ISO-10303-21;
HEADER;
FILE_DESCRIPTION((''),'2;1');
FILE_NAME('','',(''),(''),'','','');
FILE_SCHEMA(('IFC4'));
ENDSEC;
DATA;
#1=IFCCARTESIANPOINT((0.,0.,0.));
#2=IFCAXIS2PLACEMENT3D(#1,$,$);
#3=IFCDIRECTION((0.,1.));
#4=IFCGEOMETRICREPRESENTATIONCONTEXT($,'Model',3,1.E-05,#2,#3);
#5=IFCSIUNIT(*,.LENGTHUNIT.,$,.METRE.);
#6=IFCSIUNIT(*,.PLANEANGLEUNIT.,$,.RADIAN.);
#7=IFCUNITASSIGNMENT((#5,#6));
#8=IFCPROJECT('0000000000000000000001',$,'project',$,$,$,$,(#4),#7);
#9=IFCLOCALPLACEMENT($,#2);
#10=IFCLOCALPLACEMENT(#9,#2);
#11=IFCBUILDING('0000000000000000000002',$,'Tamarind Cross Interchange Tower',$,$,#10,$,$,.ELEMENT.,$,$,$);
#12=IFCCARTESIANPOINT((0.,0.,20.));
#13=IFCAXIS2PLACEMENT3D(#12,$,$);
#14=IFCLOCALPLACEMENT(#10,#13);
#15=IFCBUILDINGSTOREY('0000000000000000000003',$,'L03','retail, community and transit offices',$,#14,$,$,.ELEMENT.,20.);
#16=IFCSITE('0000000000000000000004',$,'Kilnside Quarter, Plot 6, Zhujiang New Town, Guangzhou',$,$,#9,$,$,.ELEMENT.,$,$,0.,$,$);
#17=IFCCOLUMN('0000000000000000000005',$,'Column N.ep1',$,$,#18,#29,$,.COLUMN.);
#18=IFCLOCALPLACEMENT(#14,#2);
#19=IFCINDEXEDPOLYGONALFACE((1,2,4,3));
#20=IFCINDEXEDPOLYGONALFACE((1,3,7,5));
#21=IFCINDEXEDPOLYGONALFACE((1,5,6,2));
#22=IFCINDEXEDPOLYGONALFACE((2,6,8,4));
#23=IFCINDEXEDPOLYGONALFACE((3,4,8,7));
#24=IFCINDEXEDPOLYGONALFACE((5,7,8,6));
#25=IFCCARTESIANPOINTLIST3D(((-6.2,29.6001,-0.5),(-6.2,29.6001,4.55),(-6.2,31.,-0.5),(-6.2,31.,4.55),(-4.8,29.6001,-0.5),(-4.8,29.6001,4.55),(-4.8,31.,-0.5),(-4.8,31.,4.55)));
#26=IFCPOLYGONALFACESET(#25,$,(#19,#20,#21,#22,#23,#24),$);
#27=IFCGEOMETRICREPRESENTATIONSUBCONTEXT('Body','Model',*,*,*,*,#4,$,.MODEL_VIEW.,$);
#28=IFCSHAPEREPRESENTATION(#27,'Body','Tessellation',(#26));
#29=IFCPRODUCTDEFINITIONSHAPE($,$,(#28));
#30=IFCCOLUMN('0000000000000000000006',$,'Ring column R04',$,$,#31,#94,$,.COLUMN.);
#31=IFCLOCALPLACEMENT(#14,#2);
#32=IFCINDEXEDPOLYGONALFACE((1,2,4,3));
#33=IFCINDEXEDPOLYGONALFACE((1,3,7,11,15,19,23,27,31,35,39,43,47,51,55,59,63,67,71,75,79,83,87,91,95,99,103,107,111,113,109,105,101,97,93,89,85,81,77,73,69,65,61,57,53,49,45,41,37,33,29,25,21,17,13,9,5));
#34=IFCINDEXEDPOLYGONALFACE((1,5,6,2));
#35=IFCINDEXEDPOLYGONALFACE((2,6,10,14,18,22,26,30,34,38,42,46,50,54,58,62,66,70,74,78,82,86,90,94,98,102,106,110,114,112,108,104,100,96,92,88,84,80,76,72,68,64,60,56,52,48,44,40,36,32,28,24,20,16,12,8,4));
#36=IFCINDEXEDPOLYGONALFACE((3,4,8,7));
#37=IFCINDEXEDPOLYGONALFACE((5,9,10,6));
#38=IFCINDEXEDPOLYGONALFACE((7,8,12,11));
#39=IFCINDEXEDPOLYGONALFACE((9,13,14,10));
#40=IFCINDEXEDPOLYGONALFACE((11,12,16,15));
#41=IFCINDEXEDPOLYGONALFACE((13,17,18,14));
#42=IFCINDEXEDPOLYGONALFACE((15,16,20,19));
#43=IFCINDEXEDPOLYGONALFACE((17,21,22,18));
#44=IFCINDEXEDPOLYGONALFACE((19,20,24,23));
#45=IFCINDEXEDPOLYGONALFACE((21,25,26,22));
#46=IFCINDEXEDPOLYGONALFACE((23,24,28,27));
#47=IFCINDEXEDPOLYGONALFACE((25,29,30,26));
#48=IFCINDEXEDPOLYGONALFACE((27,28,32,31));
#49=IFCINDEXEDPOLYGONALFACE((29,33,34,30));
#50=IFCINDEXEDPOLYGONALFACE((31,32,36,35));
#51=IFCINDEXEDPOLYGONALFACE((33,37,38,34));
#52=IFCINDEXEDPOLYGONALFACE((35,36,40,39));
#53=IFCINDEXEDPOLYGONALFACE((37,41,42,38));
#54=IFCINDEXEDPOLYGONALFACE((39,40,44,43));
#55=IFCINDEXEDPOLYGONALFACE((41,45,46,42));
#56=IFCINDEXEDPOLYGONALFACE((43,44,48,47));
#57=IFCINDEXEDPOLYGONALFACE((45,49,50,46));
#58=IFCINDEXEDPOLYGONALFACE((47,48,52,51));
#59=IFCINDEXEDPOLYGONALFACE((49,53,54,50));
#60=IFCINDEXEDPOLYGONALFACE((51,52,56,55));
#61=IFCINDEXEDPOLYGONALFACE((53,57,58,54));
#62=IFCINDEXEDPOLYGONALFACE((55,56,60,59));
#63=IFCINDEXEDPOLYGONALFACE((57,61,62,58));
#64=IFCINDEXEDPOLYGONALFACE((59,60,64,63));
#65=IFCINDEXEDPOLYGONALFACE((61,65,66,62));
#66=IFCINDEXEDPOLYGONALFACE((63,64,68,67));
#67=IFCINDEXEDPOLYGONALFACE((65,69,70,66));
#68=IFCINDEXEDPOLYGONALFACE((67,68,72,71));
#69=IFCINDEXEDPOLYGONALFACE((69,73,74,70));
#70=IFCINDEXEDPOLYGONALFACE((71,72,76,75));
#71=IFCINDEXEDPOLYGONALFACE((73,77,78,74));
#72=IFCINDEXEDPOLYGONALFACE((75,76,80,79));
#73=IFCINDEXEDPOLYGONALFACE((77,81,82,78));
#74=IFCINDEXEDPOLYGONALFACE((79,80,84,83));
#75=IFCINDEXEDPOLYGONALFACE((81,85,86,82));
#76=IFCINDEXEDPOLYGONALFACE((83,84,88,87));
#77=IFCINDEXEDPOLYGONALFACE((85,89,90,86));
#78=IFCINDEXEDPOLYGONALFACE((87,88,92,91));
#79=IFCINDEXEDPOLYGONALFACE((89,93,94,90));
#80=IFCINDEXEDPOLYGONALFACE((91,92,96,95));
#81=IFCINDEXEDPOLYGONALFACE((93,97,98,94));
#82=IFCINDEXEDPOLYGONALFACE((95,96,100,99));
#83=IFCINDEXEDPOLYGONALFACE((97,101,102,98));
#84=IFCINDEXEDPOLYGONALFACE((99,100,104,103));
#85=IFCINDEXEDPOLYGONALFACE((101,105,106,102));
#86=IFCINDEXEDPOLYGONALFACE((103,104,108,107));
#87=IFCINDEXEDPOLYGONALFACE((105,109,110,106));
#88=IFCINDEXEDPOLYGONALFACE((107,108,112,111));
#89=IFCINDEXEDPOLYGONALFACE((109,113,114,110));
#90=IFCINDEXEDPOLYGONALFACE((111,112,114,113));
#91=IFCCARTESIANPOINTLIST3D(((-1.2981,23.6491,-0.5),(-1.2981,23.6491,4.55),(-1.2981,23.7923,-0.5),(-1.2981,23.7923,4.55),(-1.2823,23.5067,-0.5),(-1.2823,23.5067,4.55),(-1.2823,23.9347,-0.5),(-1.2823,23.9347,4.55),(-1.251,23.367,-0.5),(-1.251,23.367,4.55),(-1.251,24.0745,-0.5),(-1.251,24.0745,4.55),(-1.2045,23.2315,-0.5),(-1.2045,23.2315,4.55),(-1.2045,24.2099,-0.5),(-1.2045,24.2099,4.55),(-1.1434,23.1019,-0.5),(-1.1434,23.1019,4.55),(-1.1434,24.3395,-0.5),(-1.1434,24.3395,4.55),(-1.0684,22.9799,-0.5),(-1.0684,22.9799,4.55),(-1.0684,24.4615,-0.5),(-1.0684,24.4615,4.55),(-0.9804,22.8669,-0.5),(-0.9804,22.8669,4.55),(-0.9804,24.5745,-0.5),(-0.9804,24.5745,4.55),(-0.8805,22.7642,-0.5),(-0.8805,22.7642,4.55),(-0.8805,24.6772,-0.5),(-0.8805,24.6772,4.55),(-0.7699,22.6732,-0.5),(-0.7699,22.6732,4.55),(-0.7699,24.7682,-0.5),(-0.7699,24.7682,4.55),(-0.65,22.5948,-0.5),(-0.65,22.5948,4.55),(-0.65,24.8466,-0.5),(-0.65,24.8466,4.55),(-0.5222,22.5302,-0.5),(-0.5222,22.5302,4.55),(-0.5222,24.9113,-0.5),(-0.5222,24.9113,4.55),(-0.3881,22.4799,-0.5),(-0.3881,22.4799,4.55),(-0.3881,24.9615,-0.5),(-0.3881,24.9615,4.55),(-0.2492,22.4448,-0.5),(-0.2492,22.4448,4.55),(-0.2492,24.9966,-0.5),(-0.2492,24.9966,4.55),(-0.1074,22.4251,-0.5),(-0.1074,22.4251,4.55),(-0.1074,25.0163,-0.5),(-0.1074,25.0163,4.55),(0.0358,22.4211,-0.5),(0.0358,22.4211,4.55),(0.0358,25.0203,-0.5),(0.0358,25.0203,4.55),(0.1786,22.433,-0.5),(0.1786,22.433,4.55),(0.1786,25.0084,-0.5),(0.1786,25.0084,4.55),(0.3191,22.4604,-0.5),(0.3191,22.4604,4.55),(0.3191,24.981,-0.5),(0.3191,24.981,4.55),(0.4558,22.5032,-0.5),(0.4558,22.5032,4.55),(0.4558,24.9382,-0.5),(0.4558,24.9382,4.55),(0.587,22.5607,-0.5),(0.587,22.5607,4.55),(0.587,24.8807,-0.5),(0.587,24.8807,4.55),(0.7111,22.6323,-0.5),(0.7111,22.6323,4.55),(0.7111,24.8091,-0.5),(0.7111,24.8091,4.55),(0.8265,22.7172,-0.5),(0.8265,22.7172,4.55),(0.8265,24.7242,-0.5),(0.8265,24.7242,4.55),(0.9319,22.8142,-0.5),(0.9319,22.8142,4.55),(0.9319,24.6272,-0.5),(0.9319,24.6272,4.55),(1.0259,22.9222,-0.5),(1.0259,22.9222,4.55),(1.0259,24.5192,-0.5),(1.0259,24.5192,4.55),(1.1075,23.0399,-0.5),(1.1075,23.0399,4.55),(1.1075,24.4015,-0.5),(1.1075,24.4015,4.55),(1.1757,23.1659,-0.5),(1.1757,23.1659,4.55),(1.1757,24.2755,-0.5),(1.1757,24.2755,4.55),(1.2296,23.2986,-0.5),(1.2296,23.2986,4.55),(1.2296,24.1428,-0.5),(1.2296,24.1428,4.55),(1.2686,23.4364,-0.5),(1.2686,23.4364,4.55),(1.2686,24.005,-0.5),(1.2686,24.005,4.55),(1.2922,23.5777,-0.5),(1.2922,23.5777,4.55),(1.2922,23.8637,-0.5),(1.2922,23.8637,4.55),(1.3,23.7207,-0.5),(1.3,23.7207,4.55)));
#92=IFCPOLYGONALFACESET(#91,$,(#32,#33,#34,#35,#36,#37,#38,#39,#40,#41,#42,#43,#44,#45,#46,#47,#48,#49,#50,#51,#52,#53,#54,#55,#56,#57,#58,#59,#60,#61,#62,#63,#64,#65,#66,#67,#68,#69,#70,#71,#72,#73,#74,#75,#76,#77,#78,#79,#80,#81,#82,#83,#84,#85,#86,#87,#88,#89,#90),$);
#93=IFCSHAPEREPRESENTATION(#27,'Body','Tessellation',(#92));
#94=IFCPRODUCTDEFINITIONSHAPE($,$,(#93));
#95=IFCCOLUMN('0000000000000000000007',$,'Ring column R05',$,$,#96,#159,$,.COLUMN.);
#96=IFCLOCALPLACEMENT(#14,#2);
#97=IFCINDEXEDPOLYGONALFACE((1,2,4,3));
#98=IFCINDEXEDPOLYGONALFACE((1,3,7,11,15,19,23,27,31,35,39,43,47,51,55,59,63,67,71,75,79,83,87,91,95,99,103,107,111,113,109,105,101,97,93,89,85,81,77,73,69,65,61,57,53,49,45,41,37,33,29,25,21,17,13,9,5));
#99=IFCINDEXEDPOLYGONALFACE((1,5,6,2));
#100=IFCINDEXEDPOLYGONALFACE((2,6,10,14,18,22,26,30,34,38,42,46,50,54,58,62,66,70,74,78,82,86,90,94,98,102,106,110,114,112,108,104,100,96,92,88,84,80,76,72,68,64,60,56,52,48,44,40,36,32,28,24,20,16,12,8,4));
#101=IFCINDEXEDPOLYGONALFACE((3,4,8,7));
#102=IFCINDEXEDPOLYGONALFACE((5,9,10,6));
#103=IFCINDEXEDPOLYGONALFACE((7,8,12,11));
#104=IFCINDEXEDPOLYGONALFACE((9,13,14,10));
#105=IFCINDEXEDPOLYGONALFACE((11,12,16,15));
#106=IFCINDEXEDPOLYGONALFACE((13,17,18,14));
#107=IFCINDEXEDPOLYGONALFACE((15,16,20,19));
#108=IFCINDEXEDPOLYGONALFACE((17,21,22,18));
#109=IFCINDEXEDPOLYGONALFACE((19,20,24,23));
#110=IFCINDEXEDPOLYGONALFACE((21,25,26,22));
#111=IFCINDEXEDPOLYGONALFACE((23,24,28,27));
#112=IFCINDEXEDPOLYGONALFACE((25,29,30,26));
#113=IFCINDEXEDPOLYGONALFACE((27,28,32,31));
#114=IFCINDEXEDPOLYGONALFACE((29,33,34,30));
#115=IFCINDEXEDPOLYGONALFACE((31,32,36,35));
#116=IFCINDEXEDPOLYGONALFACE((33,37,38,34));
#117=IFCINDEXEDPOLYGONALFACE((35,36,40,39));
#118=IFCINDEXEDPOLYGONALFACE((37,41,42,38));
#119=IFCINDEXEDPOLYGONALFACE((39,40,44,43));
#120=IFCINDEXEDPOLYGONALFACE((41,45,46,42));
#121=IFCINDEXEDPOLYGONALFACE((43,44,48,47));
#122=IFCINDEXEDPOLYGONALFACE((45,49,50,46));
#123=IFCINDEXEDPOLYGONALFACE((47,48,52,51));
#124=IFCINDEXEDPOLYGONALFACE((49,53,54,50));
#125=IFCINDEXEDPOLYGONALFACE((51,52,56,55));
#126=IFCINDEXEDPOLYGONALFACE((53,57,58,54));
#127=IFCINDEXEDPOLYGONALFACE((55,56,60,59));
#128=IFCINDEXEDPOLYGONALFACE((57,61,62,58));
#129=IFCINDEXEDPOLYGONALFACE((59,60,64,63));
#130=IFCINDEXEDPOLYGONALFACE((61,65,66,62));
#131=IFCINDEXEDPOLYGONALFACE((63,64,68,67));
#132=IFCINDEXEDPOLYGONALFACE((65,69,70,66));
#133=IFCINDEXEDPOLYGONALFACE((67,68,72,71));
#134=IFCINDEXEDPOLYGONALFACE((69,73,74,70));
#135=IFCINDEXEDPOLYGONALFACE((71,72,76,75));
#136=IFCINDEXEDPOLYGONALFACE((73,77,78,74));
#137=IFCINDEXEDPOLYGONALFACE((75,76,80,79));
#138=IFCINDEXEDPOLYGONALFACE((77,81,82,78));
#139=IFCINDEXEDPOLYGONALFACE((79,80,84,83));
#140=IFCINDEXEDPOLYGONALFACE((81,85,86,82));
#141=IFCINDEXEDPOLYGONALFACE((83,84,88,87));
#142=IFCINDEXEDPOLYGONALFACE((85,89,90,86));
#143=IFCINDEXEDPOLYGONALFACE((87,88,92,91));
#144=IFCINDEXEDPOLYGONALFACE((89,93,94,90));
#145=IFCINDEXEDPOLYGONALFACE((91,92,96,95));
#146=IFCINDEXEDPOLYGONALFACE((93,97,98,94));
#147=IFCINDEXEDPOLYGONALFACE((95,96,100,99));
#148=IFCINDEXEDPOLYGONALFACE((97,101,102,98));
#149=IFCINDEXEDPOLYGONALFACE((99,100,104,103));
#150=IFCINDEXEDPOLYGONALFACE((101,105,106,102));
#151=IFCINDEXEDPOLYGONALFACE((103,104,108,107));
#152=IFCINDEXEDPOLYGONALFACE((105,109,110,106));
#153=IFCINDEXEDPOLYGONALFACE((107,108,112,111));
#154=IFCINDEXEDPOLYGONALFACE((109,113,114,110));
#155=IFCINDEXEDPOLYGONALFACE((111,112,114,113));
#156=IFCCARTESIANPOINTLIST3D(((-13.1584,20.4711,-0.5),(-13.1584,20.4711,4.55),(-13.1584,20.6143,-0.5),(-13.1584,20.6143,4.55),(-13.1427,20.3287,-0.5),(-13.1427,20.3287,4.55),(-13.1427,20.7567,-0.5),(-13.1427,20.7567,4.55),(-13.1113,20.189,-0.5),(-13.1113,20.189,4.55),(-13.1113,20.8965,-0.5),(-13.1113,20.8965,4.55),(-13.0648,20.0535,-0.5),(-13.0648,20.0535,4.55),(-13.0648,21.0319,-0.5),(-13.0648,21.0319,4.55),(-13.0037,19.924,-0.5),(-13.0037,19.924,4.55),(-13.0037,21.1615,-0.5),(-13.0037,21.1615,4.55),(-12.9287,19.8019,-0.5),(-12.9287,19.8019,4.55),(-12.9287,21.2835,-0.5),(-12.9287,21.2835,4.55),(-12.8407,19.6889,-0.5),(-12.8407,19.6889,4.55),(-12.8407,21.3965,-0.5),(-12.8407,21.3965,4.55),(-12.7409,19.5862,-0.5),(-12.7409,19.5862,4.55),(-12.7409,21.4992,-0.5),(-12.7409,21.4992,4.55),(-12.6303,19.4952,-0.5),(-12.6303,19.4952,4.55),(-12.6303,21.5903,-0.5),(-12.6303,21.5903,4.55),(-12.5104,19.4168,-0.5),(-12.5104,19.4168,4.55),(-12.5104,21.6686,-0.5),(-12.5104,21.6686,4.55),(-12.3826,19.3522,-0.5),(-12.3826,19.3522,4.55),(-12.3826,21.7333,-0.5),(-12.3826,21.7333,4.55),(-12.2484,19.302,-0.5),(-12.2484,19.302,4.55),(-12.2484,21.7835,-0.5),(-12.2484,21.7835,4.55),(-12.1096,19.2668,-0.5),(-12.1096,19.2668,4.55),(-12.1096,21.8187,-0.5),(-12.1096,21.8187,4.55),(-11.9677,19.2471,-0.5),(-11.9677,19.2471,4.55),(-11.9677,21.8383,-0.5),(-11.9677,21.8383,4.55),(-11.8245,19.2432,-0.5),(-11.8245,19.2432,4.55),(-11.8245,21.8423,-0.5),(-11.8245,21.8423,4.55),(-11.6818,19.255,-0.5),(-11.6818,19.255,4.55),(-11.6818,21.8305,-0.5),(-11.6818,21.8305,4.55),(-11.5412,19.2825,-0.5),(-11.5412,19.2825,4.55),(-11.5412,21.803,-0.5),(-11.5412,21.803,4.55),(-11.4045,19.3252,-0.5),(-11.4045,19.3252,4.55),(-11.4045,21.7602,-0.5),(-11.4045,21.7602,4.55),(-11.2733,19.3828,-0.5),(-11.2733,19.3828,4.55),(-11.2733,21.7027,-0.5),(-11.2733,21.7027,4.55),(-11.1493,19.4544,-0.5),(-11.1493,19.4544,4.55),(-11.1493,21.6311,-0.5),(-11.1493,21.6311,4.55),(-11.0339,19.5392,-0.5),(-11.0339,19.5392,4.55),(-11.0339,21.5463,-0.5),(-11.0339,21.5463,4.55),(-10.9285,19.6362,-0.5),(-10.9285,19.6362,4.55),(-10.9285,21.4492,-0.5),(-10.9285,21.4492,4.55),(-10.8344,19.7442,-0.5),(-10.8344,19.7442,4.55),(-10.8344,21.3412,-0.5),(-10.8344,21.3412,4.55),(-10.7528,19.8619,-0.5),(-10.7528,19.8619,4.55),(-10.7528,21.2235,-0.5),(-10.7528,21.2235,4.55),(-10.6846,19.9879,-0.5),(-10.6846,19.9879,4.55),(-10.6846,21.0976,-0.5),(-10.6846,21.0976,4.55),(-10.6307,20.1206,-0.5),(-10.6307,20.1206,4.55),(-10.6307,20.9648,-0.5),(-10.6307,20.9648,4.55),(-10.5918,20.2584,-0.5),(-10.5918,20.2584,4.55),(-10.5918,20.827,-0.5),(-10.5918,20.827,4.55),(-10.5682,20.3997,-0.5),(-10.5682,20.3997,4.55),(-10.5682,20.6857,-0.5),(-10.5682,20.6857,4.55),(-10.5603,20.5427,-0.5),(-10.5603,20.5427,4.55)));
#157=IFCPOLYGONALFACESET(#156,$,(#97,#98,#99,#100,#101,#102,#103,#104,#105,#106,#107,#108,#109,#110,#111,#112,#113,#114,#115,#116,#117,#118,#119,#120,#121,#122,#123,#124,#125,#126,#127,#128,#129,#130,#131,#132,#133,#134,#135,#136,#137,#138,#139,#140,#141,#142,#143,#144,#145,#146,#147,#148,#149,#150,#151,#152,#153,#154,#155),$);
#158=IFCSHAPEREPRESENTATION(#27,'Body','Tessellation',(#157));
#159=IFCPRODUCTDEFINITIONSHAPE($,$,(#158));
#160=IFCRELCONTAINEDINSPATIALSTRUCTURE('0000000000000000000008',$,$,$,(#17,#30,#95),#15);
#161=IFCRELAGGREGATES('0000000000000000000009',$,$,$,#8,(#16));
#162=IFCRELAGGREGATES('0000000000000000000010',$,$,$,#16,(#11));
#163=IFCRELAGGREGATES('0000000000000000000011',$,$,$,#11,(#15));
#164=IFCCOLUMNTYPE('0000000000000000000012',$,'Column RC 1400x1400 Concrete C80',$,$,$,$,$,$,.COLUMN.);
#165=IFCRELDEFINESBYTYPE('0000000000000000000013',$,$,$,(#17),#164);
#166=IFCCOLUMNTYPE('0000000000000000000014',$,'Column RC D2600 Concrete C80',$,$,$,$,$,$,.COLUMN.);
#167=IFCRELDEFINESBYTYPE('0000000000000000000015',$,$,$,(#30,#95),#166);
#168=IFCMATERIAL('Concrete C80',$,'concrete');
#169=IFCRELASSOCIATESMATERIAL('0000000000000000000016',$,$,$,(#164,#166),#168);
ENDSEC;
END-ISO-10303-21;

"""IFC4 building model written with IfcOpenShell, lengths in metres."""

from ifc_helpers import new_model, si_unit, direction, frame, origin, origin_2d, place, context, subcontext, project, spatial, rectangle, circle, extrude, material, material_profile, profile_set, type_object, element, save


model = new_model("IFC4")

# Units and contexts
model_context = context("Model", 3, precision=1e-05, world=origin(), true_north=direction((0.0, 1.0)))
body_context = subcontext(model_context, "Body", "Model", "MODEL_VIEW")
ifc_project = project(units=[si_unit("LENGTHUNIT", "METRE"), si_unit("PLANEANGLEUNIT", "RADIAN")], contexts=[model_context])

# Site, building, storey
site_placement = place(None, origin())
site = spatial("IfcSite", under=ifc_project, at=site_placement, Name="Kilnside Quarter, Plot 6, Zhujiang New Town, Guangzhou", CompositionType="ELEMENT", RefElevation=0.0)
building_placement = place(site_placement, origin())
building = spatial("IfcBuilding", under=site, at=building_placement, Name="Tamarind Cross Interchange Tower", CompositionType="ELEMENT")
storey_placement = place(building_placement, frame((0.0, 0.0, 20.0)))
storey = spatial("IfcBuildingStorey", under=building, at=storey_placement, Name="L03", Description="retail, community and transit offices", CompositionType="ELEMENT", Elevation=20.0)

# Columns
ifc_material_1 = material(Name="Concrete C80", Category="concrete")
ifc_material_profile_1 = material_profile(ifc_material_1, rectangle(XDim=1.3999, YDim=1.3999, at=origin_2d()), Name="RC 1400x1400")
ifc_profile_set_1 = profile_set([ifc_material_profile_1], Name="Concrete C80")
column_type_1 = type_object("IfcColumnType", Name="Column RC 1400x1400 Concrete C80", PredefinedType="COLUMN", material=ifc_profile_set_1)
column_placement = place(storey_placement, frame((-5.5, 30.3, -0.5), z_axis=(0.0, 0.0, 1.0), x_axis=(1.0, 0.0, 0.0)))
element("IfcColumn", 1, at=column_placement, inside=storey, type_object=column_type_1, Name="Column N.ep1", PredefinedType="COLUMN", context=body_context, shape_type="SweptSolid", body=[
    extrude(rectangle(XDim=1.3999, YDim=1.3999, at=origin_2d()), origin(), (0.0, 0.0, 1.0), 5.05),
])
ifc_material_profile_2 = material_profile(ifc_material_1, circle(Radius=1.3, at=origin_2d()), Name="RC D2600")
ifc_profile_set_2 = profile_set([ifc_material_profile_2], Name="Concrete C80")
column_type_2 = type_object("IfcColumnType", Name="Column RC D2600 Concrete C80", PredefinedType="COLUMN", material=ifc_profile_set_2)
for number, where, z_axis, x_axis, name in (
    (2, (0.0, 23.7207, -0.5), (0.0, 0.0, 1.0), (1.0, 0.0, 0.0), "Ring column R04"),
    (3, (-11.8604, 20.5427, -0.5), (0.0, 0.0, 1.0), (1.0, 0.0, 0.0), "Ring column R05"),
):
    element("IfcColumn", number, at=place(storey_placement, frame(where, z_axis=z_axis, x_axis=x_axis)), inside=storey, type_object=column_type_2, Name=name, PredefinedType="COLUMN", context=body_context, shape_type="SweptSolid", body=[
        extrude(circle(Radius=1.3, at=origin_2d()), origin(), (0.0, 0.0, 1.0), 5.05),
    ])

save(model, "model.ifc")
